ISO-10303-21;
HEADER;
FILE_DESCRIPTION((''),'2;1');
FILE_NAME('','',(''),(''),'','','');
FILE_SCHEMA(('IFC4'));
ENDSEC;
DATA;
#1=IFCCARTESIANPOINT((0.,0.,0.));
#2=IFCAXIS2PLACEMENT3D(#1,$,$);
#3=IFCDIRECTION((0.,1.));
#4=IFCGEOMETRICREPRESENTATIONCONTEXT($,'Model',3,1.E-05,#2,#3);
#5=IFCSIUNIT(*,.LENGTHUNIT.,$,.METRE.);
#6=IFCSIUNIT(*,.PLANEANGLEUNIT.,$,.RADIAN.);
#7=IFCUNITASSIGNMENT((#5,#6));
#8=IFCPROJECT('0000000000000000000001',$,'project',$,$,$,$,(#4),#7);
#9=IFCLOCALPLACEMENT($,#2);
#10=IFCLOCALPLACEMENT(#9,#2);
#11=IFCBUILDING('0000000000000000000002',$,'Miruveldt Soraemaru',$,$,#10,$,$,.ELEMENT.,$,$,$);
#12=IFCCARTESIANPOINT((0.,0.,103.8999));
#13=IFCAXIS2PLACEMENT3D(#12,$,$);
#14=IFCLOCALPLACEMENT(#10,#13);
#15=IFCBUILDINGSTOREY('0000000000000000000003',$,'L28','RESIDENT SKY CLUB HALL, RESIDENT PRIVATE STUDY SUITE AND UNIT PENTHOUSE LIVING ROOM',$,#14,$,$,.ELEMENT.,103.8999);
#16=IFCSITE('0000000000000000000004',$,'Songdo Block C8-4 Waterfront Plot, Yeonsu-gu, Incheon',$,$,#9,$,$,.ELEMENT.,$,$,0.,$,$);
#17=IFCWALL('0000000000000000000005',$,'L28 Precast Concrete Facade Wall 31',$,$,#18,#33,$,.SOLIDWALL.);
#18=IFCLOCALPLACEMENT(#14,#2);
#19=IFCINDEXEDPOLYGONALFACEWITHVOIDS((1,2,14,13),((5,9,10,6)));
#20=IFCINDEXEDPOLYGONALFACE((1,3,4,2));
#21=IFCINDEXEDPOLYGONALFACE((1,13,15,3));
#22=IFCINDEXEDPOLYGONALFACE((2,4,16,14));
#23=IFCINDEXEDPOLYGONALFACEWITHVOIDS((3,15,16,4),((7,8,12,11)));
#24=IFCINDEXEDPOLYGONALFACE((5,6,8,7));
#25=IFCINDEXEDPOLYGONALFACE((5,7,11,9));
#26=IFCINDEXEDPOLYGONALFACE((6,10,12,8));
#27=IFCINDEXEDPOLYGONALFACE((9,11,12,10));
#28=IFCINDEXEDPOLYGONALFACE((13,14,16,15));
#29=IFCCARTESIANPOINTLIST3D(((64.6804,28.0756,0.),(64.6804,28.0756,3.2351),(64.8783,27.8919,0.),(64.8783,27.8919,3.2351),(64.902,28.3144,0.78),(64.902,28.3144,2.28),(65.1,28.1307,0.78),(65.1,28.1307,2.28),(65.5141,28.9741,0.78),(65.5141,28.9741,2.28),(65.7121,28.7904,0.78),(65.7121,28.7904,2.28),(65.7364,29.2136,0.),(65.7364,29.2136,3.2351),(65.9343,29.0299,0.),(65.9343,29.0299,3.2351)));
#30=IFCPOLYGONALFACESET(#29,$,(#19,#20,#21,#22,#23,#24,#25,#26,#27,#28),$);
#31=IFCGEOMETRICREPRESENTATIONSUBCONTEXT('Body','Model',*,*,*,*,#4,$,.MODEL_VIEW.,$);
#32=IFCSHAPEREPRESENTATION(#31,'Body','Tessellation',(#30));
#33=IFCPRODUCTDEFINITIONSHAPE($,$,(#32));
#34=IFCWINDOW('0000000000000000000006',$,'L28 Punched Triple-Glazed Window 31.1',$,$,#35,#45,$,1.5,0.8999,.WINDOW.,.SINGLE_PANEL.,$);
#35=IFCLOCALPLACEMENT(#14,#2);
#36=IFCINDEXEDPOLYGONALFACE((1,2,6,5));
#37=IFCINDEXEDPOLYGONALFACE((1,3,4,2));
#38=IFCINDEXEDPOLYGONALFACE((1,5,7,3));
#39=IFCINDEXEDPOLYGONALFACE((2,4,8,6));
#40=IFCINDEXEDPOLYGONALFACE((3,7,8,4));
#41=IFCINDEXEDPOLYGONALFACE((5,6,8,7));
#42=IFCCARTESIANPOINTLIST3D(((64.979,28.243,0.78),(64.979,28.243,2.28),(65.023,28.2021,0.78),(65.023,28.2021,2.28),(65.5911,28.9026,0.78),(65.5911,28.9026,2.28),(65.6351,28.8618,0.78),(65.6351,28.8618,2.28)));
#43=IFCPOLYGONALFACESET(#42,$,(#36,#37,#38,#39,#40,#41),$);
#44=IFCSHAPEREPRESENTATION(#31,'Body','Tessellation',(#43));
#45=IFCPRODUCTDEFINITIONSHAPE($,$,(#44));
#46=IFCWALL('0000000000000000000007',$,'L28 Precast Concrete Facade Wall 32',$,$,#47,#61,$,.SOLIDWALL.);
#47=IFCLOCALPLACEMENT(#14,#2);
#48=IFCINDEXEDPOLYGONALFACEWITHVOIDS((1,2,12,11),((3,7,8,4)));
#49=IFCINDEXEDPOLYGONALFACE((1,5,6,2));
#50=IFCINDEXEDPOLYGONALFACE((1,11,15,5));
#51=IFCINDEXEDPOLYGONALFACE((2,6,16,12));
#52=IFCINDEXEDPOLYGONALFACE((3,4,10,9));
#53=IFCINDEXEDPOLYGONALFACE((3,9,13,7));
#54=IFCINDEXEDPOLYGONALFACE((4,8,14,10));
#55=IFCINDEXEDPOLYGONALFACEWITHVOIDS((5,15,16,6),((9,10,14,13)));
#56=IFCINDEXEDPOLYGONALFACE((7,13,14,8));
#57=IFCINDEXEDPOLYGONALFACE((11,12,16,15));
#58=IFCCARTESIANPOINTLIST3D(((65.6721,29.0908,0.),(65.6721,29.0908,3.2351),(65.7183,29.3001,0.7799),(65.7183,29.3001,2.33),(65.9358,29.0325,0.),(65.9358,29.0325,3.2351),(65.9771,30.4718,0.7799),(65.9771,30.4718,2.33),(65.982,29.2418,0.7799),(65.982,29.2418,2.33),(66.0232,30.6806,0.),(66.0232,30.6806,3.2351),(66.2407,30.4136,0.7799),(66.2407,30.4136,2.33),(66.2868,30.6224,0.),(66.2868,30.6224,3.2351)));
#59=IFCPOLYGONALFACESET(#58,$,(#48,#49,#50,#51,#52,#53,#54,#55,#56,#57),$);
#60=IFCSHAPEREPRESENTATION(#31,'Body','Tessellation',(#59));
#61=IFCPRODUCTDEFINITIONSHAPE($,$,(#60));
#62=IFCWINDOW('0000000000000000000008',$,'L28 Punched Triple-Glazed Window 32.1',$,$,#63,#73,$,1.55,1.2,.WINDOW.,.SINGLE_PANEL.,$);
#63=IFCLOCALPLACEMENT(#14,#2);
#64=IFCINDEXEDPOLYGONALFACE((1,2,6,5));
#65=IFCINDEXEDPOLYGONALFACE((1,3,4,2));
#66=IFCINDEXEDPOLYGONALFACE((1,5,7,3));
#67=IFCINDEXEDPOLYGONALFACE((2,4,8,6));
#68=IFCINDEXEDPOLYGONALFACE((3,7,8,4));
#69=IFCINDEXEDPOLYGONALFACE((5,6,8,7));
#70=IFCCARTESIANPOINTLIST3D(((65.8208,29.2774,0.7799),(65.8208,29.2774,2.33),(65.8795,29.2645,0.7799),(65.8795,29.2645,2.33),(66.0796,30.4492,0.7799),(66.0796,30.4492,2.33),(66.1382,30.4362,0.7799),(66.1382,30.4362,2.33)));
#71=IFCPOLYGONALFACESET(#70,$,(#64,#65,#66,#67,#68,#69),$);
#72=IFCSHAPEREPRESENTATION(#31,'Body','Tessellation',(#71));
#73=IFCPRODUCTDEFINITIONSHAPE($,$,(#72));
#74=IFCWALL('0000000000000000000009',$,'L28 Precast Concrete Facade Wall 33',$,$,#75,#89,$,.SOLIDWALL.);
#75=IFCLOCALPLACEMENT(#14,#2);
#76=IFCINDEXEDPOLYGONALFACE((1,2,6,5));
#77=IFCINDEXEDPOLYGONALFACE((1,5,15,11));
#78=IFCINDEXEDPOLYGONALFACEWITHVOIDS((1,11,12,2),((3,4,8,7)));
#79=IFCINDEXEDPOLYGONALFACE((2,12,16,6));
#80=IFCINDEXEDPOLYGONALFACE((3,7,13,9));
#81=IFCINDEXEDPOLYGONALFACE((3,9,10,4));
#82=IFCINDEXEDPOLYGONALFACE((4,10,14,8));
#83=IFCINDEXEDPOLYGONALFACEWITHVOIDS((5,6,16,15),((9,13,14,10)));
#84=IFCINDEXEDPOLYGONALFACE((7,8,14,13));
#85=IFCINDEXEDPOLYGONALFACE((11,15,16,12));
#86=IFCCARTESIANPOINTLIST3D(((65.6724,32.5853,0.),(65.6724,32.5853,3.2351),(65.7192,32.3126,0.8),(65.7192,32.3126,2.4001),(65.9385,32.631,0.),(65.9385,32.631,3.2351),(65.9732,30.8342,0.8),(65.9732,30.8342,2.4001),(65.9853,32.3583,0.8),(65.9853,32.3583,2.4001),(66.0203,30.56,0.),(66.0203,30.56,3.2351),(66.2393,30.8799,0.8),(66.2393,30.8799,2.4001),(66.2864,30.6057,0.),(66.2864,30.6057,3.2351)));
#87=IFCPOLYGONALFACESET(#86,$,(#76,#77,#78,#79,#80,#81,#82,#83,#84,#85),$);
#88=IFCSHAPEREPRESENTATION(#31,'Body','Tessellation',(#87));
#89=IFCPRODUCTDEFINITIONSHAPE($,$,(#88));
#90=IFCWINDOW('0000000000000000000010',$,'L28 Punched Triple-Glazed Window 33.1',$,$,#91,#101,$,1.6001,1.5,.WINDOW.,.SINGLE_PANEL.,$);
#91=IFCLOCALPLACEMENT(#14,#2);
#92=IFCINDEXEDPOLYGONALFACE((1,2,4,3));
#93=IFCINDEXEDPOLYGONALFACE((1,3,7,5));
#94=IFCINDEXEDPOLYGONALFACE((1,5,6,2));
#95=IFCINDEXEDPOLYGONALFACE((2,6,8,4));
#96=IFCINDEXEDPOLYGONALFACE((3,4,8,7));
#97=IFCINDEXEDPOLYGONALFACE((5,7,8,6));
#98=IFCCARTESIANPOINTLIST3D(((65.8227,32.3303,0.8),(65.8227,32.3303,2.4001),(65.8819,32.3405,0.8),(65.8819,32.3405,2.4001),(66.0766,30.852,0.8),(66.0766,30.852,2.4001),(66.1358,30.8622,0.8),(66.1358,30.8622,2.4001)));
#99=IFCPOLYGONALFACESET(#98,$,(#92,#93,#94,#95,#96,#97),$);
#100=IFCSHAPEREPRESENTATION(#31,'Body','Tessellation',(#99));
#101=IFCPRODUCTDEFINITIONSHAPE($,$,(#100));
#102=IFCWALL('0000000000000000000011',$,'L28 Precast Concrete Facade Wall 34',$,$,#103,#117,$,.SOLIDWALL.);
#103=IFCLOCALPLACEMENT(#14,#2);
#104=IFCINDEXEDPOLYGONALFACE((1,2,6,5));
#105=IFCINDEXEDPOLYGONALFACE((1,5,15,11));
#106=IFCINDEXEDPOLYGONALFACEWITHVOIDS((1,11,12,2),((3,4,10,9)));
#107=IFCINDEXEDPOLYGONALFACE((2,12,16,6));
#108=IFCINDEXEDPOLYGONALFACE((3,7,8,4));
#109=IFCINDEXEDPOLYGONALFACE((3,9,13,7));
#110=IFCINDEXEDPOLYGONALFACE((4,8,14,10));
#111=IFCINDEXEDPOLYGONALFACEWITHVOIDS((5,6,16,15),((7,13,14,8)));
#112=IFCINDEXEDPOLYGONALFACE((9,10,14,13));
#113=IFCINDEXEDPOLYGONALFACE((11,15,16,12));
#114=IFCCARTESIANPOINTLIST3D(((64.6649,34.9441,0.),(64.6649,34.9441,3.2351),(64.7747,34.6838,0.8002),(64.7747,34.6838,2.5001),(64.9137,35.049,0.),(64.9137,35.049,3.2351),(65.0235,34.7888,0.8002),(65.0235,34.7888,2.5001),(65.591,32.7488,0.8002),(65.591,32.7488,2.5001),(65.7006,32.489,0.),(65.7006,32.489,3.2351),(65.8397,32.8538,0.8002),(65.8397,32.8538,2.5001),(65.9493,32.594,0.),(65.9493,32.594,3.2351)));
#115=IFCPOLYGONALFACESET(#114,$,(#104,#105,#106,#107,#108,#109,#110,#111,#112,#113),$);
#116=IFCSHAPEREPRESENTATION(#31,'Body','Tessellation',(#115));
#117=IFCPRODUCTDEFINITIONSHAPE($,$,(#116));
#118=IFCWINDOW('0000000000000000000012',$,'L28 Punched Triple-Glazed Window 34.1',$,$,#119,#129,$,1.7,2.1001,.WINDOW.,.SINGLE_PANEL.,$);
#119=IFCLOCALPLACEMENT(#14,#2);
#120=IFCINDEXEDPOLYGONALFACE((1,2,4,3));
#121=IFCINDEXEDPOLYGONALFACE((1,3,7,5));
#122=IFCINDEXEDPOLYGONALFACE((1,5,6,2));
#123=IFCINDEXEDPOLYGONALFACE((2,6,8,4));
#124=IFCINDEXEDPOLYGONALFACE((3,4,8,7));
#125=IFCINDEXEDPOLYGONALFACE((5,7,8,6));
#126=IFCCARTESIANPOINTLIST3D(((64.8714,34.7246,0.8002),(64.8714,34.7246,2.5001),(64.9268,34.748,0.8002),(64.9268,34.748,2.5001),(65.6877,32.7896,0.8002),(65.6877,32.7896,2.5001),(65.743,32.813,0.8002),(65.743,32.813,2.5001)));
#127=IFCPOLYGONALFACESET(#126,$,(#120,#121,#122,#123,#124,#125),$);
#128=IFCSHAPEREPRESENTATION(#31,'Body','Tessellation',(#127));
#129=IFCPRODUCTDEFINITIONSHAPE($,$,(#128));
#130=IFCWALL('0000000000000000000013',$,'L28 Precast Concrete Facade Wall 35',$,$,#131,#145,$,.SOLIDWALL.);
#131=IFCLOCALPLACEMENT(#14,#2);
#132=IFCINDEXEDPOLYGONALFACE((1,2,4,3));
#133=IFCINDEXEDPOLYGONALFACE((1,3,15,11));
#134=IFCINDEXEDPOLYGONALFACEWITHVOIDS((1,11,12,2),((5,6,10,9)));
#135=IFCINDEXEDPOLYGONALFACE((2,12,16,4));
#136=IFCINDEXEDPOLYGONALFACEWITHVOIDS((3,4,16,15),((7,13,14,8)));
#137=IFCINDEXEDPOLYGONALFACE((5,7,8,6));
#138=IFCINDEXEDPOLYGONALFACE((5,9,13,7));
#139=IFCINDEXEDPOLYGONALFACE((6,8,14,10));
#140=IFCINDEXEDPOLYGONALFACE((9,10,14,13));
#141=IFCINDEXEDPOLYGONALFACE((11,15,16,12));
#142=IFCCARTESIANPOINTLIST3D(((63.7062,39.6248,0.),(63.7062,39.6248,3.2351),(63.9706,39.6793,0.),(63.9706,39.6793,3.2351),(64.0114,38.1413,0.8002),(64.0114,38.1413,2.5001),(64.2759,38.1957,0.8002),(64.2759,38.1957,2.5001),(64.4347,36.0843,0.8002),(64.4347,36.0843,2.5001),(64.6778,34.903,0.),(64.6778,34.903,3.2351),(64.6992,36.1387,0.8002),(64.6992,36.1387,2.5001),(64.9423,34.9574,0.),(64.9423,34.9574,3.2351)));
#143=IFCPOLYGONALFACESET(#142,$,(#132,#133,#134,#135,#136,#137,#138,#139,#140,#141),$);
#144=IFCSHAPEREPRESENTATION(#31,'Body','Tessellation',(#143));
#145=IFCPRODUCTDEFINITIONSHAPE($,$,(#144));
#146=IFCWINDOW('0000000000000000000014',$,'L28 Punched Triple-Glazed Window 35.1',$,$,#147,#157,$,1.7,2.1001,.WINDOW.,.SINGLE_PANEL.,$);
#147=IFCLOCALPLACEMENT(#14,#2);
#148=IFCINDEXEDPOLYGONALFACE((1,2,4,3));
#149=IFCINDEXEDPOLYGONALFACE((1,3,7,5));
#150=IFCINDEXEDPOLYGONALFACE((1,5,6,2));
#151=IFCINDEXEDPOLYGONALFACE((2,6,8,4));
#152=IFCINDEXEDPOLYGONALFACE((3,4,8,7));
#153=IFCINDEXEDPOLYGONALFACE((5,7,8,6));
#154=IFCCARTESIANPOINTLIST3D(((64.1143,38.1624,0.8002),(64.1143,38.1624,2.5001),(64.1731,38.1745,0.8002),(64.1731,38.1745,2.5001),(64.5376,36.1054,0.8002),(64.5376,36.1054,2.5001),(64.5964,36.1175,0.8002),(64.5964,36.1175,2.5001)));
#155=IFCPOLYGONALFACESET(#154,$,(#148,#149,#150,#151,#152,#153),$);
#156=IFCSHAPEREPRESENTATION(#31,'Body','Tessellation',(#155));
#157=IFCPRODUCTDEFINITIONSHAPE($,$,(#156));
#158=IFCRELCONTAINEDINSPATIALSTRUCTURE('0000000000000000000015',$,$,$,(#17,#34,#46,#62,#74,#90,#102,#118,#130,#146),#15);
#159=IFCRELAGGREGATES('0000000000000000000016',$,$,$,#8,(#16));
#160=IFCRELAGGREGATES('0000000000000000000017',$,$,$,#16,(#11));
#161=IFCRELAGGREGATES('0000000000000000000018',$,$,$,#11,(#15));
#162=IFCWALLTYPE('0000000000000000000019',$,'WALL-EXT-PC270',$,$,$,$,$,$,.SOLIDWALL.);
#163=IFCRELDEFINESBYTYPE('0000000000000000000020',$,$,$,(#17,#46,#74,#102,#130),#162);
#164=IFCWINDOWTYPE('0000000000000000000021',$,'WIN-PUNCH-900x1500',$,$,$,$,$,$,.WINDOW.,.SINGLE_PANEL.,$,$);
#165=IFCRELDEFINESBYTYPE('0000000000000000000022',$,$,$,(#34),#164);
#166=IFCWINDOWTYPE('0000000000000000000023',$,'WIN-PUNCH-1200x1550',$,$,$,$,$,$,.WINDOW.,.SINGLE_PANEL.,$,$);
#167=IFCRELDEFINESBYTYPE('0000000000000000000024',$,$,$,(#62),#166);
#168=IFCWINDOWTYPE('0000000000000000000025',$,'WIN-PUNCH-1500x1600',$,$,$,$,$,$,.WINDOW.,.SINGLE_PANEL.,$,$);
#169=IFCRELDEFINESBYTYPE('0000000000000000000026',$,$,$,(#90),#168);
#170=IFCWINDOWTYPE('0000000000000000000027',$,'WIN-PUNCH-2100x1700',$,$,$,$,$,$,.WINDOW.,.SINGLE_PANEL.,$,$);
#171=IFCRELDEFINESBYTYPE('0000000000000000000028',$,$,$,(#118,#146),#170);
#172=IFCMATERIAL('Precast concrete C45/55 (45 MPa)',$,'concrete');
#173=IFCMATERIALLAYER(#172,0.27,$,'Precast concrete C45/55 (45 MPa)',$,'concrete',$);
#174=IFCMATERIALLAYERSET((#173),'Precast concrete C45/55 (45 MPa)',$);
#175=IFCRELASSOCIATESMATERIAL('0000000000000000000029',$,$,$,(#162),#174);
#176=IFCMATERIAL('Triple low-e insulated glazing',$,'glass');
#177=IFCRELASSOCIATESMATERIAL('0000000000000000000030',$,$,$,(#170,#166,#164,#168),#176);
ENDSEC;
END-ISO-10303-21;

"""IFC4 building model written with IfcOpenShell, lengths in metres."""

from ifc_helpers import new_model, si_unit, direction, frame, frame_2d, origin, place, context, subcontext, project, spatial, rectangle, extrude, material, layer, layer_set, type_object, element, fill, save


model = new_model("IFC4")

# Units and contexts
model_context = context("Model", 3, precision=1e-05, world=origin(), true_north=direction((0.0, 1.0)))
body_context = subcontext(model_context, "Body", "Model", "MODEL_VIEW")
ifc_project = project(units=[si_unit("LENGTHUNIT", "METRE"), si_unit("PLANEANGLEUNIT", "RADIAN")], contexts=[model_context])

# Site, building, storey
site_placement = place(None, origin())
site = spatial("IfcSite", under=ifc_project, at=site_placement, Name="Songdo Block C8-4 Waterfront Plot, Yeonsu-gu, Incheon", CompositionType="ELEMENT", RefElevation=0.0)
building_placement = place(site_placement, origin())
building = spatial("IfcBuilding", under=site, at=building_placement, Name="Miruveldt Soraemaru", CompositionType="ELEMENT")
storey_placement = place(building_placement, frame((0.0, 0.0, 103.8999)))
storey = spatial("IfcBuildingStorey", under=building, at=storey_placement, Name="L28", Description="RESIDENT SKY CLUB HALL, RESIDENT PRIVATE STUDY SUITE AND UNIT PENTHOUSE LIVING ROOM", CompositionType="ELEMENT", Elevation=103.8999)

# Walls, openings, windows
ifc_material_1 = material(Name="Precast concrete C45/55 (45 MPa)", Category="concrete")
ifc_layer_1 = layer(ifc_material_1, 0.27, Name="Precast concrete C45/55 (45 MPa)", Category="concrete")
ifc_layer_set_1 = layer_set([ifc_layer_1], Name="Precast concrete C45/55 (45 MPa)")
wall_type_1 = type_object("IfcWallType", Name="WALL-EXT-PC270", PredefinedType="SOLIDWALL", material=ifc_layer_set_1)
ifc_material_2 = material(Name="Triple low-e insulated glazing", Category="glass")
window_type_1 = type_object("IfcWindowType", Name="WIN-PUNCH-2100x1700", PartitioningType="SINGLE_PANEL", PredefinedType="WINDOW", material=ifc_material_2)
window_type_2 = type_object("IfcWindowType", Name="WIN-PUNCH-1200x1550", PartitioningType="SINGLE_PANEL", PredefinedType="WINDOW", material=ifc_material_2)
wall_1_placement = place(storey_placement, frame((64.7793, 27.9836, 0.0), z_axis=(0.0, 0.0, 1.0), x_axis=(0.680192, 0.733034, 0.0)))
wall_1 = element("IfcWall", 1, at=wall_1_placement, inside=storey, type_object=wall_type_1, Name="L28 Precast Concrete Facade Wall 31", PredefinedType="SOLIDWALL", context=body_context, shape_type="SweptSolid", body=[
    extrude(rectangle(XDim=1.5525, YDim=0.27, at=frame_2d((0.7764, 0.0))), origin(), (0.0, 0.0, 1.0), 3.2351),
])
opening_1_placement = place(wall_1_placement, frame((0.3259, 0.0, 0.78)))
opening_1 = element("IfcOpeningElement", 2, at=opening_1_placement, cuts=wall_1, PredefinedType="OPENING", context=body_context, shape_type="SweptSolid", body=[
    extrude(rectangle(XDim=0.8999, YDim=1.5, at=frame_2d((0.45, 0.75))), frame((0.0, 0.145, 0.0), z_axis=(0.0, -1.0, 0.0), x_axis=(1.0, 0.0, 0.0)), (0.0, 0.0, 1.0), 0.29),
])
window_type_3 = type_object("IfcWindowType", Name="WIN-PUNCH-900x1500", PartitioningType="SINGLE_PANEL", PredefinedType="WINDOW", material=ifc_material_2)
window_1_placement = place(opening_1_placement, origin())
window_1 = element("IfcWindow", 3, at=window_1_placement, inside=storey, type_object=window_type_3, Name="L28 Punched Triple-Glazed Window 31.1", OverallHeight=1.5, OverallWidth=0.8999, PartitioningType="SINGLE_PANEL", PredefinedType="WINDOW", context=body_context, shape_type="SweptSolid", body=[
    extrude(rectangle(XDim=0.8999, YDim=1.5, at=frame_2d((0.45, 0.75))), frame((0.0, 0.03, 0.0), z_axis=(0.0, -1.0, 0.0), x_axis=(1.0, 0.0, 0.0)), (0.0, 0.0, 1.0), 0.0601),
])
fill(opening_1, window_1)
wall_2_placement = place(storey_placement, frame((65.804, 29.0618, 0.0), z_axis=(0.0, 0.0, 1.0), x_axis=(0.215628, 0.976476, 0.0)))
wall_2 = element("IfcWall", 4, at=wall_2_placement, inside=storey, type_object=wall_type_1, Name="L28 Precast Concrete Facade Wall 32", PredefinedType="SOLIDWALL", context=body_context, shape_type="SweptSolid", body=[
    extrude(rectangle(XDim=1.6282, YDim=0.27, at=frame_2d((0.814, 0.0))), origin(), (0.0, 0.0, 1.0), 3.2351),
])
opening_2_placement = place(wall_2_placement, frame((0.2141, 0.0, 0.78)))
opening_2 = element("IfcOpeningElement", 5, at=opening_2_placement, cuts=wall_2, PredefinedType="OPENING", context=body_context, shape_type="SweptSolid", body=[
    extrude(rectangle(XDim=1.2, YDim=1.55, at=frame_2d((0.6001, 0.7749))), frame((0.0, 0.145, 0.0), z_axis=(0.0, -1.0, 0.0), x_axis=(1.0, 0.0, 0.0)), (0.0, 0.0, 1.0), 0.29),
])
window_2_placement = place(opening_2_placement, origin())
window_2 = element("IfcWindow", 6, at=window_2_placement, inside=storey, type_object=window_type_2, Name="L28 Punched Triple-Glazed Window 32.1", OverallHeight=1.55, OverallWidth=1.2, PartitioningType="SINGLE_PANEL", PredefinedType="WINDOW", context=body_context, shape_type="SweptSolid", body=[
    extrude(rectangle(XDim=1.2, YDim=1.55, at=frame_2d((0.6001, 0.7749))), frame((0.0, 0.03, 0.0), z_axis=(0.0, -1.0, 0.0), x_axis=(1.0, 0.0, 0.0)), (0.0, 0.0, 1.0), 0.0601),
])
fill(opening_2, window_2)
wall_3_placement = place(storey_placement, frame((66.1533, 30.583, 0.0), z_axis=(0.0, 0.0, 1.0), x_axis=(-0.16931, 0.985563, 0.0)))
wall_3 = element("IfcWall", 7, at=wall_3_placement, inside=storey, type_object=wall_type_1, Name="L28 Precast Concrete Facade Wall 33", PredefinedType="SOLIDWALL", context=body_context, shape_type="SweptSolid", body=[
    extrude(rectangle(XDim=2.0549, YDim=0.27, at=frame_2d((1.0273, 0.0))), origin(), (0.0, 0.0, 1.0), 3.2351),
])
opening_3_placement = place(wall_3_placement, frame((0.2781, 0.0, 0.8)))
opening_3 = element("IfcOpeningElement", 8, at=opening_3_placement, cuts=wall_3, PredefinedType="OPENING", context=body_context, shape_type="SweptSolid", body=[
    extrude(rectangle(XDim=1.5, YDim=1.6001, at=frame_2d((0.75, 0.8))), frame((0.0, 0.145, 0.0), z_axis=(0.0, -1.0, 0.0), x_axis=(1.0, 0.0, 0.0)), (0.0, 0.0, 1.0), 0.29),
])
window_type_4 = type_object("IfcWindowType", Name="WIN-PUNCH-1500x1600", PartitioningType="SINGLE_PANEL", PredefinedType="WINDOW", material=ifc_material_2)
window_3_placement = place(opening_3_placement, origin())
window_3 = element("IfcWindow", 9, at=window_3_placement, inside=storey, type_object=window_type_4, Name="L28 Punched Triple-Glazed Window 33.1", OverallHeight=1.6001, OverallWidth=1.5, PartitioningType="SINGLE_PANEL", PredefinedType="WINDOW", context=body_context, shape_type="SweptSolid", body=[
    extrude(rectangle(XDim=1.5, YDim=1.6001, at=frame_2d((0.75, 0.8))), frame((0.0, 0.03, 0.0), z_axis=(0.0, -1.0, 0.0), x_axis=(1.0, 0.0, 0.0)), (0.0, 0.0, 1.0), 0.0601),
])
fill(opening_3, window_3)
wall_4_placement = place(storey_placement, frame((65.825, 32.5415, 0.0), z_axis=(0.0, 0.0, 1.0), x_axis=(-0.388671, 0.921376, 0.0)))
wall_4 = element("IfcWall", 10, at=wall_4_placement, inside=storey, type_object=wall_type_1, Name="L28 Precast Concrete Facade Wall 34", PredefinedType="SOLIDWALL", context=body_context, shape_type="SweptSolid", body=[
    extrude(rectangle(XDim=2.6646, YDim=0.27, at=frame_2d((1.3323, 0.0))), origin(), (0.0, 0.0, 1.0), 3.2351),
])
opening_4_placement = place(wall_4_placement, frame((0.282, 0.0, 0.8)))
opening_4 = element("IfcOpeningElement", 11, at=opening_4_placement, cuts=wall_4, PredefinedType="OPENING", context=body_context, shape_type="SweptSolid", body=[
    extrude(rectangle(XDim=2.1001, YDim=1.7, at=frame_2d((1.05, 0.8501))), frame((0.0, 0.145, 0.0), z_axis=(0.0, -1.0, 0.0), x_axis=(1.0, 0.0, 0.0)), (0.0, 0.0, 1.0), 0.29),
])
window_4_placement = place(opening_4_placement, origin())
window_4 = element("IfcWindow", 12, at=window_4_placement, inside=storey, type_object=window_type_1, Name="L28 Punched Triple-Glazed Window 34.1", OverallHeight=1.7, OverallWidth=2.1001, PartitioningType="SINGLE_PANEL", PredefinedType="WINDOW", context=body_context, shape_type="SweptSolid", body=[
    extrude(rectangle(XDim=2.1001, YDim=1.7, at=frame_2d((1.05, 0.8501))), frame((0.0, 0.03, 0.0), z_axis=(0.0, -1.0, 0.0), x_axis=(1.0, 0.0, 0.0)), (0.0, 0.0, 1.0), 0.0601),
])
fill(opening_4, window_4)
wall_5_placement = place(storey_placement, frame((64.8101, 34.9302, 0.0), z_axis=(0.0, 0.0, 1.0), x_axis=(-0.201557, 0.979477, 0.0)))
wall_5 = element("IfcWall", 13, at=wall_5_placement, inside=storey, type_object=wall_type_1, Name="L28 Precast Concrete Facade Wall 35", PredefinedType="SOLIDWALL", context=body_context, shape_type="SweptSolid", body=[
    extrude(rectangle(XDim=4.8208, YDim=0.27, at=frame_2d((2.4104, 0.0))), origin(), (0.0, 0.0, 1.0), 3.2351),
])
opening_5_placement = place(wall_5_placement, frame((1.2061, 0.0, 0.8)))
opening_5 = element("IfcOpeningElement", 14, at=opening_5_placement, cuts=wall_5, PredefinedType="OPENING", context=body_context, shape_type="SweptSolid", body=[
    extrude(rectangle(XDim=2.1001, YDim=1.7, at=frame_2d((1.05, 0.8501))), frame((0.0, 0.145, 0.0), z_axis=(0.0, -1.0, 0.0), x_axis=(1.0, 0.0, 0.0)), (0.0, 0.0, 1.0), 0.29),
])
window_5_placement = place(opening_5_placement, origin())
window_5 = element("IfcWindow", 15, at=window_5_placement, inside=storey, type_object=window_type_1, Name="L28 Punched Triple-Glazed Window 35.1", OverallHeight=1.7, OverallWidth=2.1001, PartitioningType="SINGLE_PANEL", PredefinedType="WINDOW", context=body_context, shape_type="SweptSolid", body=[
    extrude(rectangle(XDim=2.1001, YDim=1.7, at=frame_2d((1.05, 0.8501))), frame((0.0, 0.03, 0.0), z_axis=(0.0, -1.0, 0.0), x_axis=(1.0, 0.0, 0.0)), (0.0, 0.0, 1.0), 0.0601),
])
fill(opening_5, window_5)

save(model, "model.ifc")
